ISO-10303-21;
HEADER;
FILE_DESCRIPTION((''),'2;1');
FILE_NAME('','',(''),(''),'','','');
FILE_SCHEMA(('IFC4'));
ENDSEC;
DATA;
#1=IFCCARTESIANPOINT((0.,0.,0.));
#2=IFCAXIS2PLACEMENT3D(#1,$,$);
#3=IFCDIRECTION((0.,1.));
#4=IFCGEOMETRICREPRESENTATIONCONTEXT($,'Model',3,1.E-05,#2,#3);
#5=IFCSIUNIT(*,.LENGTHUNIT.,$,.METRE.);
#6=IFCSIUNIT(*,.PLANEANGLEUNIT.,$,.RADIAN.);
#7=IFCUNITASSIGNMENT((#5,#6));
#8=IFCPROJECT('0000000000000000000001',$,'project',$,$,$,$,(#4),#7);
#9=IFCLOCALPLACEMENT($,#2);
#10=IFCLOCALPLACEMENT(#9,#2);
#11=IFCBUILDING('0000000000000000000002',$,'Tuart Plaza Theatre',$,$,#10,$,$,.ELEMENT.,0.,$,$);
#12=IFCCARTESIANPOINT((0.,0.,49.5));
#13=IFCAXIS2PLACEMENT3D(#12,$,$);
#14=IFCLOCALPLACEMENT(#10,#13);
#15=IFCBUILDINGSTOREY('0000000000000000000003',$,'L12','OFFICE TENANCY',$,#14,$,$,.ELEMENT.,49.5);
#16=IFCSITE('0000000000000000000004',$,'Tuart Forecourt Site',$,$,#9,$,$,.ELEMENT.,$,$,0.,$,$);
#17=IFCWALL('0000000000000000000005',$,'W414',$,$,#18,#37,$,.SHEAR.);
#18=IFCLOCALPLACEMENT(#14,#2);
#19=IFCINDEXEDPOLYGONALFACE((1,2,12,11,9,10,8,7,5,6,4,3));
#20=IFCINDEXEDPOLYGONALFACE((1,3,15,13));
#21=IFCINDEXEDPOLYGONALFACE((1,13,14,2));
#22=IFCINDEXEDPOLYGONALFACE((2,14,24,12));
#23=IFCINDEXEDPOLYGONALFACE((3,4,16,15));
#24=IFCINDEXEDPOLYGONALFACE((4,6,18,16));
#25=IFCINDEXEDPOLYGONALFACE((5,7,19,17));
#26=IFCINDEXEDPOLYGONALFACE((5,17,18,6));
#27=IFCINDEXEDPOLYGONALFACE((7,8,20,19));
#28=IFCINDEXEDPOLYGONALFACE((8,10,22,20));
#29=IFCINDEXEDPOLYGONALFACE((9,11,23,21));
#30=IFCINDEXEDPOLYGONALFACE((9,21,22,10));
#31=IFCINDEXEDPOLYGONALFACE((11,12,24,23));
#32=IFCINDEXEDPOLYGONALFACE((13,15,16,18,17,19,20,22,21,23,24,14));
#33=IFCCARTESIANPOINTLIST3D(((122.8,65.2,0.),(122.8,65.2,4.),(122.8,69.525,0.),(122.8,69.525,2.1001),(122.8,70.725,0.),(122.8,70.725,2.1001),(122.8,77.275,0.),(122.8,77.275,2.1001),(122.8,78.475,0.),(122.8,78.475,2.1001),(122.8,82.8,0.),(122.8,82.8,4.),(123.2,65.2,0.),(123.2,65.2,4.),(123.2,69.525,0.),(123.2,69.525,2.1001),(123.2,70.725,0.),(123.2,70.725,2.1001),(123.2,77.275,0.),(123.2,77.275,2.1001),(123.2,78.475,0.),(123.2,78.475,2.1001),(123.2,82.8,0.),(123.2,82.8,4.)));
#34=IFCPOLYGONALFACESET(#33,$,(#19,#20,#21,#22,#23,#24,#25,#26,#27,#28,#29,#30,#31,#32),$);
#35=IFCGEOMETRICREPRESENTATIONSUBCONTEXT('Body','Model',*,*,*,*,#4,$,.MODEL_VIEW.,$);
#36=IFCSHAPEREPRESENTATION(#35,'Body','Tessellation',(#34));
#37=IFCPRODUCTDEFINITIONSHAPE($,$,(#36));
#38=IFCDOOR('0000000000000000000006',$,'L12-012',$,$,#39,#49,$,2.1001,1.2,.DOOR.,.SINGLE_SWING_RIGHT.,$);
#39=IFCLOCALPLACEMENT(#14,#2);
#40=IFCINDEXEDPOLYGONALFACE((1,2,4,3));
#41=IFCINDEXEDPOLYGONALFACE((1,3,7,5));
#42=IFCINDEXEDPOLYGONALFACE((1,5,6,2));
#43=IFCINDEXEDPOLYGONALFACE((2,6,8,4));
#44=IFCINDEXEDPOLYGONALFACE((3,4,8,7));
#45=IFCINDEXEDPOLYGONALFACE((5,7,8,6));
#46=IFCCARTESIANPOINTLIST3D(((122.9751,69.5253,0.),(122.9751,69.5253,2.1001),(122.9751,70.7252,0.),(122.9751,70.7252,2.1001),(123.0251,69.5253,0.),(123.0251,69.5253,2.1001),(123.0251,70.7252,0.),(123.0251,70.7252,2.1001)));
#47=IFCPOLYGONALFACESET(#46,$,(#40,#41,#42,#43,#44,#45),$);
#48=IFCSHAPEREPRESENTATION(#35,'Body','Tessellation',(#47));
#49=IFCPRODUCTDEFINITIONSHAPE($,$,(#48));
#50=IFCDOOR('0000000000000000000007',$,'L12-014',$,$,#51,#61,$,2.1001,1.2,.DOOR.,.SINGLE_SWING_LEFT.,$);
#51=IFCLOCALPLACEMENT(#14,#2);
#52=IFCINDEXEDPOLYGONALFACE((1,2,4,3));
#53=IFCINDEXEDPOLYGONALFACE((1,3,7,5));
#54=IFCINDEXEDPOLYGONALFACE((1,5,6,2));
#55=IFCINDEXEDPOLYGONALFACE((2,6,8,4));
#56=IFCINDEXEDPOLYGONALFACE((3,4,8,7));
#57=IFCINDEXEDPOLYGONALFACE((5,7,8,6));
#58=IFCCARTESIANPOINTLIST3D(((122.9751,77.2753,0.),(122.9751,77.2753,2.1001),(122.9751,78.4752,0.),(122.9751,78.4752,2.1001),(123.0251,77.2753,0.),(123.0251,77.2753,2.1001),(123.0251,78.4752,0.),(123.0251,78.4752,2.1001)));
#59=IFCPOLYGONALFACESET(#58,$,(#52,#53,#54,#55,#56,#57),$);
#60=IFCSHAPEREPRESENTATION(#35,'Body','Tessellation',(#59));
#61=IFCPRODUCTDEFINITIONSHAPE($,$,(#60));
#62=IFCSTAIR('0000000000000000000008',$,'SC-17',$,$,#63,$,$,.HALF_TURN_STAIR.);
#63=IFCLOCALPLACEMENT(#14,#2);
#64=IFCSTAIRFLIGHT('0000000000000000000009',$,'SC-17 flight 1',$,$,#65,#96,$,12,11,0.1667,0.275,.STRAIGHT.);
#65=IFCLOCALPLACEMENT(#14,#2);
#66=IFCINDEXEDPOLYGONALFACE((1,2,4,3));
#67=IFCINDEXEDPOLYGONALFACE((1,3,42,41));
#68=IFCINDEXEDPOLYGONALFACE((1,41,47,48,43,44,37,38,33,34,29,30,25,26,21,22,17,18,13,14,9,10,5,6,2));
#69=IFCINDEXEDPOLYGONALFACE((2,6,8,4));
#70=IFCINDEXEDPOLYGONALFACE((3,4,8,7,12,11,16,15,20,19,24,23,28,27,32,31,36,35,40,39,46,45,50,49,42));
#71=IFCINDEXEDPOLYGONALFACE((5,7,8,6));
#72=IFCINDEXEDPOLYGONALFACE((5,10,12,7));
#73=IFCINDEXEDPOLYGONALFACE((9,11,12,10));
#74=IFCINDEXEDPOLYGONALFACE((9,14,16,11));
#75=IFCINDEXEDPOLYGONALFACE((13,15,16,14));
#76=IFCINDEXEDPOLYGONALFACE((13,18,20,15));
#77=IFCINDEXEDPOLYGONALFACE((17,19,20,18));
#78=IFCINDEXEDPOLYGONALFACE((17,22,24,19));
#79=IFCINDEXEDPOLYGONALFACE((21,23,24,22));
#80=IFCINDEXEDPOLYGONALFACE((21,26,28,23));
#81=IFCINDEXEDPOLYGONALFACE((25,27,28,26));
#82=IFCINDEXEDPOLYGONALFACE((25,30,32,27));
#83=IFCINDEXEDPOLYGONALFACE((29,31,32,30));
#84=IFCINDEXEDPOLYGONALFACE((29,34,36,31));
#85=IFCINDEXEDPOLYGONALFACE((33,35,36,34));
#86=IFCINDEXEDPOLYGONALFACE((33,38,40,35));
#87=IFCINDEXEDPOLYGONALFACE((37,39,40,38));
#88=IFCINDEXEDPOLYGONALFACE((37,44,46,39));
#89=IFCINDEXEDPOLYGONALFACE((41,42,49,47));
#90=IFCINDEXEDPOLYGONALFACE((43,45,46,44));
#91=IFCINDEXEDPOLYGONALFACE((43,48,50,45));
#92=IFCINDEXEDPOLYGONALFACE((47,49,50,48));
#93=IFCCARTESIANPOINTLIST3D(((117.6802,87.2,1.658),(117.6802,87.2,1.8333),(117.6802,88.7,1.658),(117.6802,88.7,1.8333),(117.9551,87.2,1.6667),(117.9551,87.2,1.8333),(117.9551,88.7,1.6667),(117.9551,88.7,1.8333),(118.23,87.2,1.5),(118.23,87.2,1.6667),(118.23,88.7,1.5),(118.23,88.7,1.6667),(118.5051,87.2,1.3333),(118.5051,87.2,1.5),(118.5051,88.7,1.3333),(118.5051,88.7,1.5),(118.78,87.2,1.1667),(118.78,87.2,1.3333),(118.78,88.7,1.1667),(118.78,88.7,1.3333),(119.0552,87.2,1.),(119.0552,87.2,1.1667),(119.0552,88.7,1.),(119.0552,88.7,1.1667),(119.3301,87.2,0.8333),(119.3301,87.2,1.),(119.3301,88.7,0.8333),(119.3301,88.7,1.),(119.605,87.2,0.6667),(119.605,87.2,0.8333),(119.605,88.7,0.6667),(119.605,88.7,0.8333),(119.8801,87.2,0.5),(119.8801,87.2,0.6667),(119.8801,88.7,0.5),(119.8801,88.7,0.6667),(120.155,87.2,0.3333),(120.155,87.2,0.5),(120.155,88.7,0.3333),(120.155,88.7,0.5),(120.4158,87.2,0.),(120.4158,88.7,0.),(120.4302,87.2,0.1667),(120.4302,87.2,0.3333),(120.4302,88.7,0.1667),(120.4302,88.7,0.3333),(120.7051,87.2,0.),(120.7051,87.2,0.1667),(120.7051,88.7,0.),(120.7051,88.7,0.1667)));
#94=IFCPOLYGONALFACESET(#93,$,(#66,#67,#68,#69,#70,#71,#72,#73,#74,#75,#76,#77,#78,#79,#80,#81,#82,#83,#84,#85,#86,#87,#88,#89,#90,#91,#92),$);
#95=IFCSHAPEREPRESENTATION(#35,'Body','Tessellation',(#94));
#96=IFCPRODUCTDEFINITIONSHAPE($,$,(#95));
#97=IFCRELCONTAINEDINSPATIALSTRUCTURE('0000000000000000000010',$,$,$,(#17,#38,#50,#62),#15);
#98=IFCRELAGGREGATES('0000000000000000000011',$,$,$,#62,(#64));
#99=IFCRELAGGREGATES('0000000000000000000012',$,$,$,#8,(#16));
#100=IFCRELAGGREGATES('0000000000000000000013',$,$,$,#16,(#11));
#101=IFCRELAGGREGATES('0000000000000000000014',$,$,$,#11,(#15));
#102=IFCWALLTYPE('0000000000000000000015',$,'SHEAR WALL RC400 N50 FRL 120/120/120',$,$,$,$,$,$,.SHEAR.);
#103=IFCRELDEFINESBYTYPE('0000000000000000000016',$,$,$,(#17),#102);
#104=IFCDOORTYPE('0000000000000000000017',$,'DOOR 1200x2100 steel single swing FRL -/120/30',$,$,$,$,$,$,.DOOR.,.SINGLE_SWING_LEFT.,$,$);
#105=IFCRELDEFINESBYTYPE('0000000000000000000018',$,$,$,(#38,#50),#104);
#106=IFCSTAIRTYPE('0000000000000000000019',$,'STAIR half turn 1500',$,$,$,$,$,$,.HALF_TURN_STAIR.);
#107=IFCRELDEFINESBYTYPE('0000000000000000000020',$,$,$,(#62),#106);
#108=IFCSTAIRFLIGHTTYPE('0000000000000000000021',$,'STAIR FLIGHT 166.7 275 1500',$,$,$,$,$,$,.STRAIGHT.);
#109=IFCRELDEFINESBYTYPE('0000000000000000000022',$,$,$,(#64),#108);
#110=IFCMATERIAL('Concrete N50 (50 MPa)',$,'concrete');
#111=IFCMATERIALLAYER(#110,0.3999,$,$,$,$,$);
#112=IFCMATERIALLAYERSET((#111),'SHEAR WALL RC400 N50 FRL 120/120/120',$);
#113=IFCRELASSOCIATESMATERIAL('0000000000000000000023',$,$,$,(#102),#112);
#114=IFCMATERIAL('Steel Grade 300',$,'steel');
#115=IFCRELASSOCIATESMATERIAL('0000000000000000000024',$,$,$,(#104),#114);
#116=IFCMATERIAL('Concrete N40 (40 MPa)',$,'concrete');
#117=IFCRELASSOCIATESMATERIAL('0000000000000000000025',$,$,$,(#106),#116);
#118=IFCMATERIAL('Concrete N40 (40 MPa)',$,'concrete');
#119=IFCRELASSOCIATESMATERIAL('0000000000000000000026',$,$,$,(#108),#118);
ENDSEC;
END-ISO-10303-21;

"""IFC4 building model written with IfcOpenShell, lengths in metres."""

from ifc_helpers import new_model, si_unit, direction, frame, frame_2d, origin, place, context, subcontext, project, spatial, polyline, rectangle, outline, extrude, material, layer, layer_set, type_object, element, fill, aggregate, save


model = new_model("IFC4")

# Units and contexts
model_context = context("Model", 3, precision=1e-05, world=origin(), true_north=direction((0.0, 1.0)))
body_context = subcontext(model_context, "Body", "Model", "MODEL_VIEW")
ifc_project = project(units=[si_unit("LENGTHUNIT", "METRE"), si_unit("PLANEANGLEUNIT", "RADIAN")], contexts=[model_context])

# Site, building, storey
site_placement = place(None, origin())
site = spatial("IfcSite", under=ifc_project, at=site_placement, Name="Tuart Forecourt Site", CompositionType="ELEMENT", RefElevation=0.0)
building_placement = place(site_placement, origin())
building = spatial("IfcBuilding", under=site, at=building_placement, Name="Tuart Plaza Theatre", CompositionType="ELEMENT", ElevationOfRefHeight=0.0)
storey_placement = place(building_placement, frame((0.0, 0.0, 49.5)))
storey = spatial("IfcBuildingStorey", under=building, at=storey_placement, Name="L12", Description="OFFICE TENANCY", CompositionType="ELEMENT", Elevation=49.5)

# Wall, openings, doors
ifc_material_1 = material(Name="Concrete N50 (50 MPa)", Category="concrete")
ifc_layer_1 = layer(ifc_material_1, 0.3999)
ifc_layer_set_1 = layer_set([ifc_layer_1], Name="SHEAR WALL RC400 N50 FRL 120/120/120")
wall_type_1 = type_object("IfcWallType", Name="SHEAR WALL RC400 N50 FRL 120/120/120", PredefinedType="SHEAR", material=ifc_layer_set_1)
wall_1_placement = place(storey_placement, frame((123.0, 82.8, 0.0), z_axis=(0.0, 0.0, 1.0), x_axis=(0.0, -1.0, 0.0)))
wall_1 = element("IfcWall", 1, at=wall_1_placement, inside=storey, type_object=wall_type_1, Name="W414", PredefinedType="SHEAR", context=body_context, shape_type="SweptSolid", body=[
    extrude(rectangle(XDim=17.6001, YDim=0.3999, at=frame_2d((8.8, 0.0))), origin(), (0.0, 0.0, 1.0), 4.0),
])
opening_1_placement = place(wall_1_placement, frame((12.075, 0.0, 0.0)))
opening_1 = element("IfcOpeningElement", 2, at=opening_1_placement, cuts=wall_1, PredefinedType="OPENING", context=body_context, shape_type="SweptSolid", body=[
    extrude(rectangle(XDim=1.2, YDim=2.1001, at=frame_2d((0.6001, 1.05))), frame((0.0, 0.21, 0.0), z_axis=(0.0, -1.0, 0.0), x_axis=(1.0, 0.0, 0.0)), (0.0, 0.0, 1.0), 0.4199),
])
opening_2_placement = place(wall_1_placement, frame((4.325, 0.0, 0.0)))
opening_2 = element("IfcOpeningElement", 3, at=opening_2_placement, cuts=wall_1, PredefinedType="OPENING", context=body_context, shape_type="SweptSolid", body=[
    extrude(rectangle(XDim=1.2, YDim=2.1001, at=frame_2d((0.6001, 1.05))), frame((0.0, 0.21, 0.0), z_axis=(0.0, -1.0, 0.0), x_axis=(1.0, 0.0, 0.0)), (0.0, 0.0, 1.0), 0.4199),
])
ifc_material_2 = material(Name="Steel Grade 300", Category="steel")
door_type_1 = type_object("IfcDoorType", Name="DOOR 1200x2100 steel single swing FRL -/120/30", OperationType="SINGLE_SWING_LEFT", PredefinedType="DOOR", material=ifc_material_2)
door_1_placement = place(opening_1_placement, frame((1.2, 0.0, 0.0), z_axis=(0.0, 0.0, 1.0), x_axis=(-1.0, 0.0, 0.0)))
door_1 = element("IfcDoor", 4, at=door_1_placement, inside=storey, type_object=door_type_1, Name="L12-012", OperationType="SINGLE_SWING_RIGHT", OverallHeight=2.1001, OverallWidth=1.2, PredefinedType="DOOR", context=body_context, shape_type="SweptSolid", body=[
    extrude(rectangle(XDim=1.2, YDim=2.1001, at=frame_2d((0.6001, 1.05))), frame((0.0, 0.0249, 0.0), z_axis=(0.0, -1.0, 0.0), x_axis=(1.0, 0.0, 0.0)), (0.0, 0.0, 1.0), 0.05),
])
fill(opening_1, door_1)
door_2_placement = place(opening_2_placement, frame((1.2, 0.0, 0.0), z_axis=(0.0, 0.0, 1.0), x_axis=(-1.0, 0.0, 0.0)))
door_2 = element("IfcDoor", 5, at=door_2_placement, inside=storey, type_object=door_type_1, Name="L12-014", OperationType="SINGLE_SWING_LEFT", OverallHeight=2.1001, OverallWidth=1.2, PredefinedType="DOOR", context=body_context, shape_type="SweptSolid", body=[
    extrude(rectangle(XDim=1.2, YDim=2.1001, at=frame_2d((0.6001, 1.05))), frame((0.0, 0.0249, 0.0), z_axis=(0.0, -1.0, 0.0), x_axis=(1.0, 0.0, 0.0)), (0.0, 0.0, 1.0), 0.05),
])
fill(opening_2, door_2)

# Stair, stair flight
ifc_material_3 = material(Name="Concrete N40 (40 MPa)", Category="concrete")
stair_type = type_object("IfcStairType", Name="STAIR half turn 1500", PredefinedType="HALF_TURN_STAIR", material=ifc_material_3)
stair_placement = place(storey_placement, origin())
stair = element("IfcStair", 6, at=stair_placement, inside=storey, type_object=stair_type, Name="SC-17", PredefinedType="HALF_TURN_STAIR")
ifc_material_4 = material(Name="Concrete N40 (40 MPa)", Category="concrete")
stair_flight_type = type_object("IfcStairFlightType", Name="STAIR FLIGHT 166.7 275 1500", PredefinedType="STRAIGHT", material=ifc_material_4)
stair_flight_placement = place(storey_placement, frame((120.7051, 87.95, 0.0), z_axis=(0.0, 0.0, 1.0), x_axis=(-1.0, 0.0, 0.0)))
stair_flight = element("IfcStairFlight", 7, at=stair_flight_placement, type_object=stair_flight_type, Name="SC-17 flight 1", NumberOfRisers=12, NumberOfTreads=11, PredefinedType="STRAIGHT", RiserHeight=0.1667, TreadLength=0.275, context=body_context, shape_type="SweptSolid", body=[
    extrude(outline(polyline([(0.0, 0.0), (0.0, 0.1667), (0.2749, 0.1667), (0.2749, 0.3333), (0.55, 0.3333), (0.55, 0.5), (0.825, 0.5), (0.825, 0.6667), (1.1001, 0.6667), (1.1001, 0.8333), (1.375, 0.8333), (1.375, 1.0), (1.6499, 1.0), (1.6499, 1.1667), (1.925, 1.1667), (1.925, 1.3333), (2.2, 1.3333), (2.2, 1.5), (2.4751, 1.5), (2.4751, 1.6667), (2.75, 1.6667), (2.75, 1.8333), (3.0249, 1.8333), (3.0249, 2.0), (3.0249, 1.658), (0.2893, 0.0), (0.0, 0.0)])), frame((0.0, 0.75, 0.0), z_axis=(0.0, -1.0, 0.0), x_axis=(1.0, 0.0, 0.0)), (0.0, 0.0, 1.0), 1.5),
])
aggregate(stair, [stair_flight])

save(model, "model.ifc")
